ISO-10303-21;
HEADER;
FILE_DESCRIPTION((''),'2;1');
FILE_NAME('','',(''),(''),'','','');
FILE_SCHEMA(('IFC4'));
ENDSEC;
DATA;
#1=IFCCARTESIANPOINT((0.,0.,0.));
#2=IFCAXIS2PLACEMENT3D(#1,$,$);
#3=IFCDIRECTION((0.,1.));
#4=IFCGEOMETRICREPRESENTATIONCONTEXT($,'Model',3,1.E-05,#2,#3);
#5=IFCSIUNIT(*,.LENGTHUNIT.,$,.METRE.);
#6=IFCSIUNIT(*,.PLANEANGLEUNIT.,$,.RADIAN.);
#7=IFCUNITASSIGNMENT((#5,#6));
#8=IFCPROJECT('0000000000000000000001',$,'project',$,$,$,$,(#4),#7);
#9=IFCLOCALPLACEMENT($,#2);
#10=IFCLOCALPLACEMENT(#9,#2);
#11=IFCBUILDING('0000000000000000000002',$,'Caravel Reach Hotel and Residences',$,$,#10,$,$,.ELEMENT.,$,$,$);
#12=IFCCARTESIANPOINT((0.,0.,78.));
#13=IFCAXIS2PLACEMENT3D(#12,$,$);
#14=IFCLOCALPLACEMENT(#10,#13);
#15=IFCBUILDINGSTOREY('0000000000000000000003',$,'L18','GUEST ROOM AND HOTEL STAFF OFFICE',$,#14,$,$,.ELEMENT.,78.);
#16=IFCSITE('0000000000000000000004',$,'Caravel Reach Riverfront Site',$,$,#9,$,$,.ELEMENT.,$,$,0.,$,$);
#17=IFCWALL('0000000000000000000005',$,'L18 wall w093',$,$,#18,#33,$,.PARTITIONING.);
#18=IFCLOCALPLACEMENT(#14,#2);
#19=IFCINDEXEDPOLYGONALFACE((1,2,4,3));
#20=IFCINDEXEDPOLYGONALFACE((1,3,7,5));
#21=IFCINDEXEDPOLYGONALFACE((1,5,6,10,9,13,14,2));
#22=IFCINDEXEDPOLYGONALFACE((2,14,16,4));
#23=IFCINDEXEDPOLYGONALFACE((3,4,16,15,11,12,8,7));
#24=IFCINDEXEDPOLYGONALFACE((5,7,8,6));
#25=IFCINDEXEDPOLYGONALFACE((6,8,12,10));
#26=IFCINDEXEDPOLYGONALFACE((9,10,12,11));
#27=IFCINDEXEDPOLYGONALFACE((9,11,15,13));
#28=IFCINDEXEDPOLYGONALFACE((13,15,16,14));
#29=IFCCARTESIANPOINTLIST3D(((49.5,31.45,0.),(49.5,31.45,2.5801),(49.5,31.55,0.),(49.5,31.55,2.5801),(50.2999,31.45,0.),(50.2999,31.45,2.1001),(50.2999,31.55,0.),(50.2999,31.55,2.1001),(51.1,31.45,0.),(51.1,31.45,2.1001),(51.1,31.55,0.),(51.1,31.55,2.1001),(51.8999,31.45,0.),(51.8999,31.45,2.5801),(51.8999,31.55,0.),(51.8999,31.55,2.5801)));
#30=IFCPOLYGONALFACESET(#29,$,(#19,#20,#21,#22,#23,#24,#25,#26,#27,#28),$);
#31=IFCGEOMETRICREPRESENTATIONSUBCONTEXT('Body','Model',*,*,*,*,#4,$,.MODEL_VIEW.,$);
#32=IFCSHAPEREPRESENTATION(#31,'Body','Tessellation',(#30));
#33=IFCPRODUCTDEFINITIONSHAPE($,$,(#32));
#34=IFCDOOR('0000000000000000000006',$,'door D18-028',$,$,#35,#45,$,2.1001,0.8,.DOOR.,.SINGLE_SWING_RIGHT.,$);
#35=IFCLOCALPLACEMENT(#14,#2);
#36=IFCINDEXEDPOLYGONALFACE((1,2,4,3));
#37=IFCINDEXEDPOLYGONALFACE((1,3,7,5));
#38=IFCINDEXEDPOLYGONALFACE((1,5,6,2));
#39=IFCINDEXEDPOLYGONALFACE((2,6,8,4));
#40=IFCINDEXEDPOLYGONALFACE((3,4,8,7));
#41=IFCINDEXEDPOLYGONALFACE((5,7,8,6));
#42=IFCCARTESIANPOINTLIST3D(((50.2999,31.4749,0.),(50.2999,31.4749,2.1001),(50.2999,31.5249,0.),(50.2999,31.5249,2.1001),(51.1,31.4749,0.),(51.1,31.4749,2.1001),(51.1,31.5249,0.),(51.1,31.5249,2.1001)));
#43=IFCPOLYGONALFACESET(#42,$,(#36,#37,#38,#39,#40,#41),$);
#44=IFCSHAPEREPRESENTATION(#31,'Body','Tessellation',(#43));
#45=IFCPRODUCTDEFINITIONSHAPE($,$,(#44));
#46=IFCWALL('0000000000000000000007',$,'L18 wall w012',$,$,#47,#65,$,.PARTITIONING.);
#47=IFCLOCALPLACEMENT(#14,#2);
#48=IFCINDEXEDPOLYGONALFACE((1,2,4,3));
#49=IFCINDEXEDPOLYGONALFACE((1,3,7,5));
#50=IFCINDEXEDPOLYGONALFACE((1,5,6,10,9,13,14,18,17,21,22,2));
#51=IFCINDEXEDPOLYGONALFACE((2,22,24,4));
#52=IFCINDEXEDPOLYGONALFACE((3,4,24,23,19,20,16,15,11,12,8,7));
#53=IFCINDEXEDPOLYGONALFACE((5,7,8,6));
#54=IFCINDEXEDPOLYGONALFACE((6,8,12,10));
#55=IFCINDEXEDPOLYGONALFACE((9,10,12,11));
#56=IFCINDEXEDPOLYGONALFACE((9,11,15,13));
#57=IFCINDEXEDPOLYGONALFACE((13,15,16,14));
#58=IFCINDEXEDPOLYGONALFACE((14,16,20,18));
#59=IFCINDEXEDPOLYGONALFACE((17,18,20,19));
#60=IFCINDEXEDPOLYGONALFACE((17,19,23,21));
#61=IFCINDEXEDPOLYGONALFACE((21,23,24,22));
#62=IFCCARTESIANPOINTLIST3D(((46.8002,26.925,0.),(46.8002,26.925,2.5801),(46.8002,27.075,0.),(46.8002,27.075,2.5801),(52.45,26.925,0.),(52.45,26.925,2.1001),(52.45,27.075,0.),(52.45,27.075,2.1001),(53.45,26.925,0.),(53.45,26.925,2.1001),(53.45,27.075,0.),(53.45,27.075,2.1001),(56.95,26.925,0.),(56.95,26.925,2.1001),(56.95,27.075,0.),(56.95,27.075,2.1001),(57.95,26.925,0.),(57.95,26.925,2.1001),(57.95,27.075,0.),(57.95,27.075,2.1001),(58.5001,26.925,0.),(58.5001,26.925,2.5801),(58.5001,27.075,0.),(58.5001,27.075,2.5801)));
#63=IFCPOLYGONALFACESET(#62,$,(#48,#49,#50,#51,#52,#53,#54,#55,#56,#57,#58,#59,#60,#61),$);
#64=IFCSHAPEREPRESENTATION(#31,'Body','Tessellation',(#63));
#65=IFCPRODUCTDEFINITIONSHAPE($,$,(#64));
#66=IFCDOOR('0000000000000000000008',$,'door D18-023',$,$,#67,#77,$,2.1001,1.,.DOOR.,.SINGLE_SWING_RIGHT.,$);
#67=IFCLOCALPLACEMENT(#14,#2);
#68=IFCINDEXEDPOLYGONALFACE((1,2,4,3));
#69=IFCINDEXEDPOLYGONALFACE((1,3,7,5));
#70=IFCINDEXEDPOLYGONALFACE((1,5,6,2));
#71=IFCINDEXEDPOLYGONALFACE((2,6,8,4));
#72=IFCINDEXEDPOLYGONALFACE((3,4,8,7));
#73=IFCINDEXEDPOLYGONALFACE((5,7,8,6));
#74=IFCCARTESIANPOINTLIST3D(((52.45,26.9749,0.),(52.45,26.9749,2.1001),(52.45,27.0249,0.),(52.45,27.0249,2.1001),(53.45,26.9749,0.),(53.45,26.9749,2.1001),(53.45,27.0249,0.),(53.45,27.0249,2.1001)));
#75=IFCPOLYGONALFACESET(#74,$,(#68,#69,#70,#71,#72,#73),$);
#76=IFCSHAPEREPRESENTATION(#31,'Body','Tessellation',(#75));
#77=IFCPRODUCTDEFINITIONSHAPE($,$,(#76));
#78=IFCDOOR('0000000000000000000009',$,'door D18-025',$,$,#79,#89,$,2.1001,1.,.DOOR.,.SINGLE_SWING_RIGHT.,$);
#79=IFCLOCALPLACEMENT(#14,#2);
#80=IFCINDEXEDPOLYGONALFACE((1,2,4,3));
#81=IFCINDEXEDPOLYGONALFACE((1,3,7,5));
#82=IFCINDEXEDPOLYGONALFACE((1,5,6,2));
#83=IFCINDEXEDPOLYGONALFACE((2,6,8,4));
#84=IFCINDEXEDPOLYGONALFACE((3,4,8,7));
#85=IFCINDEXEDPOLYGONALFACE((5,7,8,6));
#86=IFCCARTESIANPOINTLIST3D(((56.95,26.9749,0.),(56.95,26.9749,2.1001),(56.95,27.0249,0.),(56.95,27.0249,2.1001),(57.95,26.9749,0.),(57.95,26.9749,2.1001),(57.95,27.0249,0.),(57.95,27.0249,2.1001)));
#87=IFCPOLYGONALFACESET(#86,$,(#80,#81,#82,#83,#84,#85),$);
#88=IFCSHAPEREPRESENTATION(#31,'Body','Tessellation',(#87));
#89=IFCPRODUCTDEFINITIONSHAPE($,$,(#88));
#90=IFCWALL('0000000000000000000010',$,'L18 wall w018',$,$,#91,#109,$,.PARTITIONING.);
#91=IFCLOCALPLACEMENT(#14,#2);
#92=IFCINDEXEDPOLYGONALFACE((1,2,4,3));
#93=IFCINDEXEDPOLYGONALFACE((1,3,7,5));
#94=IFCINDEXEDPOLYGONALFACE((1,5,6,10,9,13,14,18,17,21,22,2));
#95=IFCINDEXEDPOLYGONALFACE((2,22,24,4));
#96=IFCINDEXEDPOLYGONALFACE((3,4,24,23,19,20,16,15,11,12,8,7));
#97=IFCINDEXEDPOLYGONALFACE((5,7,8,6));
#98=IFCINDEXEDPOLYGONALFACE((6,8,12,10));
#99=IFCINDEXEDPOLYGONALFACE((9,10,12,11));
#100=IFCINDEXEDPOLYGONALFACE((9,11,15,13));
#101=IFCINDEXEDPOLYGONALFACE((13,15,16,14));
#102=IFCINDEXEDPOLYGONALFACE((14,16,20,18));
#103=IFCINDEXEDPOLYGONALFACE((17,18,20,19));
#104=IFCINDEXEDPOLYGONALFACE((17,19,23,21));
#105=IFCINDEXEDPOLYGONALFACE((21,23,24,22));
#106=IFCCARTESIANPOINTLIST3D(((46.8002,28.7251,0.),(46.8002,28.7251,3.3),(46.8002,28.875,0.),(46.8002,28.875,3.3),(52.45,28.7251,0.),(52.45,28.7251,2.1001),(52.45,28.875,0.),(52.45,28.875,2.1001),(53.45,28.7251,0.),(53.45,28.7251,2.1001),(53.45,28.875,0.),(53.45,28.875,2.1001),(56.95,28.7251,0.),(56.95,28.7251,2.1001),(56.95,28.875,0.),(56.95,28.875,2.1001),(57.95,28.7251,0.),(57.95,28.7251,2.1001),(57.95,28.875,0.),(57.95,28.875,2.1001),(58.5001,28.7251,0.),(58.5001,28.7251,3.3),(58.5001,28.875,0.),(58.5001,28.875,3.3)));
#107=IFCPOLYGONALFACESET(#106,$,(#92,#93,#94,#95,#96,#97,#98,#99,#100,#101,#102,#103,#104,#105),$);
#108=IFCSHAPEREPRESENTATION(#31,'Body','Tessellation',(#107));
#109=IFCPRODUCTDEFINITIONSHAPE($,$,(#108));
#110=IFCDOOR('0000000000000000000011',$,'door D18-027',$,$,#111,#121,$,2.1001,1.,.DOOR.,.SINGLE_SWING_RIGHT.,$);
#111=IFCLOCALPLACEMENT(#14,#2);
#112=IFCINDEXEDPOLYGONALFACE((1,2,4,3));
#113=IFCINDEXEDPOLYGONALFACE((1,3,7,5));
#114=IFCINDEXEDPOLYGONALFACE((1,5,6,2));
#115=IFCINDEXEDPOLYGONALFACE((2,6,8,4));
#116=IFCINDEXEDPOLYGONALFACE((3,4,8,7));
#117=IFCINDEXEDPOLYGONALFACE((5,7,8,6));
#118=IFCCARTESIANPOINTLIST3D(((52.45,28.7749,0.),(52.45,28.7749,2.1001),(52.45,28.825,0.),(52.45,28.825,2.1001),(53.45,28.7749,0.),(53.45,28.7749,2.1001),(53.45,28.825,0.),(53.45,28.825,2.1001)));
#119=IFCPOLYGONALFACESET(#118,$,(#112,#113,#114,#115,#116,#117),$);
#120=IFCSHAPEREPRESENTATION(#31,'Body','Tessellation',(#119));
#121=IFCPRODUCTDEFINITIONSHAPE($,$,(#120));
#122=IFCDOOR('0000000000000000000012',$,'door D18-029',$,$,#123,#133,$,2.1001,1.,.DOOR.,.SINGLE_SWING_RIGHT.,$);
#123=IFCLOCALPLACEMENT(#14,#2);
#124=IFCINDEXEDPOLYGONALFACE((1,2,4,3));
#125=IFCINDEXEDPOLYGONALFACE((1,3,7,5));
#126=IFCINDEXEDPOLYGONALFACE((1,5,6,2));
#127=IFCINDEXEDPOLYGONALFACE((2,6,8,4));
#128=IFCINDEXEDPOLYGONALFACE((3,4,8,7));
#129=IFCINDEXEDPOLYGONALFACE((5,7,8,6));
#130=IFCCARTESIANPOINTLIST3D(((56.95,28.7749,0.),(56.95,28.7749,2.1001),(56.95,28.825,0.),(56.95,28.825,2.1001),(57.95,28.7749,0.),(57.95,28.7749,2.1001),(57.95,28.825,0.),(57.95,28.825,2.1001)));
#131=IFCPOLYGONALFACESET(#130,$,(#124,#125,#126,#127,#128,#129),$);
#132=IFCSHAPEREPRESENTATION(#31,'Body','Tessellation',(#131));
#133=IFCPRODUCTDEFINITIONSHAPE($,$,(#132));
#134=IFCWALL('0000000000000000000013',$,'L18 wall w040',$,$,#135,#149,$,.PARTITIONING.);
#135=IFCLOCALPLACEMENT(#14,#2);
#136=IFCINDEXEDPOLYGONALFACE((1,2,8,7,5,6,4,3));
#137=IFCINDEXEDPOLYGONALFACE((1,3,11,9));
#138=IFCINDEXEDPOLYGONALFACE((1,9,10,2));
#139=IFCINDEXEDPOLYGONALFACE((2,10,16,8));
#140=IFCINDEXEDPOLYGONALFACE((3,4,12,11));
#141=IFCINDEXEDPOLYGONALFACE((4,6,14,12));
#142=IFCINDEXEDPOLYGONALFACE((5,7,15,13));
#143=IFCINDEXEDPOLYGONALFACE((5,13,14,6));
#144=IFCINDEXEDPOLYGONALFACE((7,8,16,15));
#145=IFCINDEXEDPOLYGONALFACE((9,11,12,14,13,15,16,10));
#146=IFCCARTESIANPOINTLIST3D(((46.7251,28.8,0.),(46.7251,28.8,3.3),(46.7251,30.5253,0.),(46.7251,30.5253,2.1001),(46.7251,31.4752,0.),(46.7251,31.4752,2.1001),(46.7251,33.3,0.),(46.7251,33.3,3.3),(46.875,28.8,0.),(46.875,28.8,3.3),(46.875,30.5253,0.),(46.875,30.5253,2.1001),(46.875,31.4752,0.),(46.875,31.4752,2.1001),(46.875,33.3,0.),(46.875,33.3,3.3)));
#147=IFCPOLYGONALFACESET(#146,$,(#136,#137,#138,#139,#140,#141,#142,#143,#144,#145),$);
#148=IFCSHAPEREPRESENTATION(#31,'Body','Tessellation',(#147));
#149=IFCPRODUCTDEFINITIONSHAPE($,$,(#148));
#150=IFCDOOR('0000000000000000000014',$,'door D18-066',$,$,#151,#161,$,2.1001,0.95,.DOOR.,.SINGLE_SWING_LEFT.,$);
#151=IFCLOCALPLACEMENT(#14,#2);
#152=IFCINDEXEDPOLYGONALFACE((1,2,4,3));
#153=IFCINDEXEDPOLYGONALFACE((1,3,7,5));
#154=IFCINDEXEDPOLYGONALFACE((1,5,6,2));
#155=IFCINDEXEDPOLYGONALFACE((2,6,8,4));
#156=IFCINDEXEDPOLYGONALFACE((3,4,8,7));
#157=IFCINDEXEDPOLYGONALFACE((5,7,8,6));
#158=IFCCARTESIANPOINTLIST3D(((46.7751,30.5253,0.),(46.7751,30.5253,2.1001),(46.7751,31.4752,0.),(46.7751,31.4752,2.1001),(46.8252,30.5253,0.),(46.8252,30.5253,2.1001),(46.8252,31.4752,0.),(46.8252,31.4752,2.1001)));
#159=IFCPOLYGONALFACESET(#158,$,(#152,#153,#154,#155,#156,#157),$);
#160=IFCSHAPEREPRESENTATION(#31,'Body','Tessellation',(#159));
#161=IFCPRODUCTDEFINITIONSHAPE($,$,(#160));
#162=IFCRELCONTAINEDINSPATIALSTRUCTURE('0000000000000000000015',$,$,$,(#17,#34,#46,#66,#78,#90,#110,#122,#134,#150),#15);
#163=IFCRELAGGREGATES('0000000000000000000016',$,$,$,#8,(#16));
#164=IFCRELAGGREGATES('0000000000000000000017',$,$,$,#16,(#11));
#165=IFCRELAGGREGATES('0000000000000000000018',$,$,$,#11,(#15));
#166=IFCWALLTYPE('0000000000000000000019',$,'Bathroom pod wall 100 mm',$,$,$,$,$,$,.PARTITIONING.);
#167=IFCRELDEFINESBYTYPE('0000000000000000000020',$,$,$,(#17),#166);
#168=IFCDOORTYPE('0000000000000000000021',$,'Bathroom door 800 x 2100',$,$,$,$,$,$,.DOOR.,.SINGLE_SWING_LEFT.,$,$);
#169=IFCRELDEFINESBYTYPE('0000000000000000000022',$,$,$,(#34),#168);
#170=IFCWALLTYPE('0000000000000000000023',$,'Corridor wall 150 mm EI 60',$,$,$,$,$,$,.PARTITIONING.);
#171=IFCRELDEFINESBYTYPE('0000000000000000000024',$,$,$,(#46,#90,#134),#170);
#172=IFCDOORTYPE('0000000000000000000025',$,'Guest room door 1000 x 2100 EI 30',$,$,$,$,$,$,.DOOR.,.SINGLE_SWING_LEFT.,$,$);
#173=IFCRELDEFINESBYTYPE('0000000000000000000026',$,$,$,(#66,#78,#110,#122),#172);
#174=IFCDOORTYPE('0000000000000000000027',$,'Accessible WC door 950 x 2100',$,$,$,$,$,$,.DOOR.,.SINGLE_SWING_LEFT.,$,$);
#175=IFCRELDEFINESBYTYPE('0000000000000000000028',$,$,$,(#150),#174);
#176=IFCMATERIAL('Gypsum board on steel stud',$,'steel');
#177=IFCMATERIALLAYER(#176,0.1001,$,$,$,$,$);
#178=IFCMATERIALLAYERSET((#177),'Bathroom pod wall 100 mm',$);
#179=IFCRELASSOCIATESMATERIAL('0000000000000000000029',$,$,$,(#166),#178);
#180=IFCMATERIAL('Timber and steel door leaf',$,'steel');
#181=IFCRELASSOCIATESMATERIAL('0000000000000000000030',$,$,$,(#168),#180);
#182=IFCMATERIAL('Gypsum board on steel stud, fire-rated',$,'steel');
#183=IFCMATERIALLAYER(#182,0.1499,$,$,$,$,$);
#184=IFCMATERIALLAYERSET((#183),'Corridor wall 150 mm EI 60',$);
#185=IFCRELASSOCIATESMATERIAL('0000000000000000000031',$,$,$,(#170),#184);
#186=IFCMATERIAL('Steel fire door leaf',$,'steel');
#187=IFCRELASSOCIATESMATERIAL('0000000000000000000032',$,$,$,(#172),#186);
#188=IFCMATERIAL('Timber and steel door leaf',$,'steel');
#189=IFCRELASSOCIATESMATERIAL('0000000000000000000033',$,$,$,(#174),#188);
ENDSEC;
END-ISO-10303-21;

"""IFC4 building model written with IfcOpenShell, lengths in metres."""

from ifc_helpers import new_model, si_unit, direction, frame, frame_2d, origin, place, context, subcontext, project, spatial, rectangle, extrude, material, layer, layer_set, type_object, element, fill, save


model = new_model("IFC4")

# Units and contexts
model_context = context("Model", 3, precision=1e-05, world=origin(), true_north=direction((0.0, 1.0)))
body_context = subcontext(model_context, "Body", "Model", "MODEL_VIEW")
ifc_project = project(units=[si_unit("LENGTHUNIT", "METRE"), si_unit("PLANEANGLEUNIT", "RADIAN")], contexts=[model_context])

# Site, building, storey
site_placement = place(None, origin())
site = spatial("IfcSite", under=ifc_project, at=site_placement, Name="Caravel Reach Riverfront Site", CompositionType="ELEMENT", RefElevation=0.0)
building_placement = place(site_placement, origin())
building = spatial("IfcBuilding", under=site, at=building_placement, Name="Caravel Reach Hotel and Residences", CompositionType="ELEMENT")
storey_placement = place(building_placement, frame((0.0, 0.0, 78.0)))
storey = spatial("IfcBuildingStorey", under=building, at=storey_placement, Name="L18", Description="GUEST ROOM AND HOTEL STAFF OFFICE", CompositionType="ELEMENT", Elevation=78.0)

# Wall, opening, door
ifc_material_1 = material(Name="Gypsum board on steel stud", Category="steel")
ifc_layer_1 = layer(ifc_material_1, 0.1001)
ifc_layer_set_1 = layer_set([ifc_layer_1], Name="Bathroom pod wall 100 mm")
wall_type_1 = type_object("IfcWallType", Name="Bathroom pod wall 100 mm", PredefinedType="PARTITIONING", material=ifc_layer_set_1)
wall_1_placement = place(storey_placement, frame((49.5, 31.5, 0.0), z_axis=(0.0, 0.0, 1.0), x_axis=(1.0, 0.0, 0.0)))
wall_1 = element("IfcWall", 1, at=wall_1_placement, inside=storey, type_object=wall_type_1, Name="L18 wall w093", PredefinedType="PARTITIONING", context=body_context, shape_type="SweptSolid", body=[
    extrude(rectangle(XDim=2.3999, YDim=0.1001, at=frame_2d((1.2, 0.0))), origin(), (0.0, 0.0, 1.0), 2.5801),
])
opening_1_placement = place(wall_1_placement, frame((0.8, 0.0, 0.0)))
opening_1 = element("IfcOpeningElement", 2, at=opening_1_placement, cuts=wall_1, PredefinedType="OPENING", context=body_context, shape_type="SweptSolid", body=[
    extrude(rectangle(XDim=0.8, YDim=2.1001, at=frame_2d((0.3999, 1.05))), frame((0.0, 0.0601, 0.0), z_axis=(0.0, -1.0, 0.0), x_axis=(1.0, 0.0, 0.0)), (0.0, 0.0, 1.0), 0.1201),
])
ifc_material_2 = material(Name="Timber and steel door leaf", Category="steel")
door_type_1 = type_object("IfcDoorType", Name="Bathroom door 800 x 2100", OperationType="SINGLE_SWING_LEFT", PredefinedType="DOOR", material=ifc_material_2)
door_1_placement = place(opening_1_placement, origin())
door_1 = element("IfcDoor", 3, at=door_1_placement, inside=storey, type_object=door_type_1, Name="door D18-028", OperationType="SINGLE_SWING_RIGHT", OverallHeight=2.1001, OverallWidth=0.8, PredefinedType="DOOR", context=body_context, shape_type="SweptSolid", body=[
    extrude(rectangle(XDim=0.8, YDim=2.1001, at=frame_2d((0.3999, 1.05))), frame((0.0, 0.0249, 0.0), z_axis=(0.0, -1.0, 0.0), x_axis=(1.0, 0.0, 0.0)), (0.0, 0.0, 1.0), 0.05),
])
fill(opening_1, door_1)

# Walls, openings, doors
ifc_material_3 = material(Name="Gypsum board on steel stud, fire-rated", Category="steel")
ifc_layer_2 = layer(ifc_material_3, 0.1499)
ifc_layer_set_2 = layer_set([ifc_layer_2], Name="Corridor wall 150 mm EI 60")
wall_type_2 = type_object("IfcWallType", Name="Corridor wall 150 mm EI 60", PredefinedType="PARTITIONING", material=ifc_layer_set_2)
wall_2_placement = place(storey_placement, frame((46.8, 27.0, 0.0), z_axis=(0.0, 0.0, 1.0), x_axis=(1.0, 0.0, 0.0)))
wall_2 = element("IfcWall", 4, at=wall_2_placement, inside=storey, type_object=wall_type_2, Name="L18 wall w012", PredefinedType="PARTITIONING", context=body_context, shape_type="SweptSolid", body=[
    extrude(rectangle(XDim=11.7, YDim=0.1499, at=frame_2d((5.8501, 0.0))), origin(), (0.0, 0.0, 1.0), 2.5801),
])
opening_2_placement = place(wall_2_placement, frame((5.6499, 0.0, 0.0)))
opening_2 = element("IfcOpeningElement", 5, at=opening_2_placement, cuts=wall_2, PredefinedType="OPENING", context=body_context, shape_type="SweptSolid", body=[
    extrude(rectangle(XDim=1.0, YDim=2.1001, at=frame_2d((0.5, 1.05))), frame((0.0, 0.085, 0.0), z_axis=(0.0, -1.0, 0.0), x_axis=(1.0, 0.0, 0.0)), (0.0, 0.0, 1.0), 0.1699),
])
opening_3_placement = place(wall_2_placement, frame((10.1499, 0.0, 0.0)))
opening_3 = element("IfcOpeningElement", 6, at=opening_3_placement, cuts=wall_2, PredefinedType="OPENING", context=body_context, shape_type="SweptSolid", body=[
    extrude(rectangle(XDim=1.0, YDim=2.1001, at=frame_2d((0.5, 1.05))), frame((0.0, 0.085, 0.0), z_axis=(0.0, -1.0, 0.0), x_axis=(1.0, 0.0, 0.0)), (0.0, 0.0, 1.0), 0.1699),
])
ifc_material_4 = material(Name="Steel fire door leaf", Category="steel")
door_type_2 = type_object("IfcDoorType", Name="Guest room door 1000 x 2100 EI 30", OperationType="SINGLE_SWING_LEFT", PredefinedType="DOOR", material=ifc_material_4)
door_2_placement = place(opening_2_placement, origin())
door_2 = element("IfcDoor", 7, at=door_2_placement, inside=storey, type_object=door_type_2, Name="door D18-023", OperationType="SINGLE_SWING_RIGHT", OverallHeight=2.1001, OverallWidth=1.0, PredefinedType="DOOR", context=body_context, shape_type="SweptSolid", body=[
    extrude(rectangle(XDim=1.0, YDim=2.1001, at=frame_2d((0.5, 1.05))), frame((0.0, 0.0249, 0.0), z_axis=(0.0, -1.0, 0.0), x_axis=(1.0, 0.0, 0.0)), (0.0, 0.0, 1.0), 0.05),
])
fill(opening_2, door_2)
door_3_placement = place(opening_3_placement, origin())
door_3 = element("IfcDoor", 8, at=door_3_placement, inside=storey, type_object=door_type_2, Name="door D18-025", OperationType="SINGLE_SWING_RIGHT", OverallHeight=2.1001, OverallWidth=1.0, PredefinedType="DOOR", context=body_context, shape_type="SweptSolid", body=[
    extrude(rectangle(XDim=1.0, YDim=2.1001, at=frame_2d((0.5, 1.05))), frame((0.0, 0.0249, 0.0), z_axis=(0.0, -1.0, 0.0), x_axis=(1.0, 0.0, 0.0)), (0.0, 0.0, 1.0), 0.05),
])
fill(opening_3, door_3)
wall_3_placement = place(storey_placement, frame((46.8, 28.8, 0.0), z_axis=(0.0, 0.0, 1.0), x_axis=(1.0, 0.0, 0.0)))
wall_3 = element("IfcWall", 9, at=wall_3_placement, inside=storey, type_object=wall_type_2, Name="L18 wall w018", PredefinedType="PARTITIONING", context=body_context, shape_type="SweptSolid", body=[
    extrude(rectangle(XDim=11.7, YDim=0.1499, at=frame_2d((5.8501, 0.0))), origin(), (0.0, 0.0, 1.0), 3.3),
])
opening_4_placement = place(wall_3_placement, frame((5.6499, 0.0, 0.0)))
opening_4 = element("IfcOpeningElement", 10, at=opening_4_placement, cuts=wall_3, PredefinedType="OPENING", context=body_context, shape_type="SweptSolid", body=[
    extrude(rectangle(XDim=1.0, YDim=2.1001, at=frame_2d((0.5, 1.05))), frame((0.0, 0.085, 0.0), z_axis=(0.0, -1.0, 0.0), x_axis=(1.0, 0.0, 0.0)), (0.0, 0.0, 1.0), 0.1699),
])
opening_5_placement = place(wall_3_placement, frame((10.1499, 0.0, 0.0)))
opening_5 = element("IfcOpeningElement", 11, at=opening_5_placement, cuts=wall_3, PredefinedType="OPENING", context=body_context, shape_type="SweptSolid", body=[
    extrude(rectangle(XDim=1.0, YDim=2.1001, at=frame_2d((0.5, 1.05))), frame((0.0, 0.085, 0.0), z_axis=(0.0, -1.0, 0.0), x_axis=(1.0, 0.0, 0.0)), (0.0, 0.0, 1.0), 0.1699),
])
door_4_placement = place(opening_4_placement, origin())
door_4 = element("IfcDoor", 12, at=door_4_placement, inside=storey, type_object=door_type_2, Name="door D18-027", OperationType="SINGLE_SWING_RIGHT", OverallHeight=2.1001, OverallWidth=1.0, PredefinedType="DOOR", context=body_context, shape_type="SweptSolid", body=[
    extrude(rectangle(XDim=1.0, YDim=2.1001, at=frame_2d((0.5, 1.05))), frame((0.0, 0.0249, 0.0), z_axis=(0.0, -1.0, 0.0), x_axis=(1.0, 0.0, 0.0)), (0.0, 0.0, 1.0), 0.05),
])
fill(opening_4, door_4)
door_5_placement = place(opening_5_placement, origin())
door_5 = element("IfcDoor", 13, at=door_5_placement, inside=storey, type_object=door_type_2, Name="door D18-029", OperationType="SINGLE_SWING_RIGHT", OverallHeight=2.1001, OverallWidth=1.0, PredefinedType="DOOR", context=body_context, shape_type="SweptSolid", body=[
    extrude(rectangle(XDim=1.0, YDim=2.1001, at=frame_2d((0.5, 1.05))), frame((0.0, 0.0249, 0.0), z_axis=(0.0, -1.0, 0.0), x_axis=(1.0, 0.0, 0.0)), (0.0, 0.0, 1.0), 0.05),
])
fill(opening_5, door_5)

# Wall, opening, door
wall_4_placement = place(storey_placement, frame((46.8, 28.8, 0.0), z_axis=(0.0, 0.0, 1.0), x_axis=(0.0, 1.0, 0.0)))
wall_4 = element("IfcWall", 14, at=wall_4_placement, inside=storey, type_object=wall_type_2, Name="L18 wall w040", PredefinedType="PARTITIONING", context=body_context, shape_type="SweptSolid", body=[
    extrude(rectangle(XDim=4.5, YDim=0.1499, at=frame_2d((2.25, 0.0))), origin(), (0.0, 0.0, 1.0), 3.3),
])
opening_6_placement = place(wall_4_placement, frame((1.7251, 0.0, 0.0)))
opening_6 = element("IfcOpeningElement", 15, at=opening_6_placement, cuts=wall_4, PredefinedType="OPENING", context=body_context, shape_type="SweptSolid", body=[
    extrude(rectangle(XDim=0.95, YDim=2.1001, at=frame_2d((0.4751, 1.05))), frame((0.0, 0.085, 0.0), z_axis=(0.0, -1.0, 0.0), x_axis=(1.0, 0.0, 0.0)), (0.0, 0.0, 1.0), 0.1699),
])
ifc_material_5 = material(Name="Timber and steel door leaf", Category="steel")
door_type_3 = type_object("IfcDoorType", Name="Accessible WC door 950 x 2100", OperationType="SINGLE_SWING_LEFT", PredefinedType="DOOR", material=ifc_material_5)
door_6_placement = place(opening_6_placement, origin())
door_6 = element("IfcDoor", 16, at=door_6_placement, inside=storey, type_object=door_type_3, Name="door D18-066", OperationType="SINGLE_SWING_LEFT", OverallHeight=2.1001, OverallWidth=0.95, PredefinedType="DOOR", context=body_context, shape_type="SweptSolid", body=[
    extrude(rectangle(XDim=0.95, YDim=2.1001, at=frame_2d((0.4751, 1.05))), frame((0.0, 0.0249, 0.0), z_axis=(0.0, -1.0, 0.0), x_axis=(1.0, 0.0, 0.0)), (0.0, 0.0, 1.0), 0.05),
])
fill(opening_6, door_6)

save(model, "model.ifc")
